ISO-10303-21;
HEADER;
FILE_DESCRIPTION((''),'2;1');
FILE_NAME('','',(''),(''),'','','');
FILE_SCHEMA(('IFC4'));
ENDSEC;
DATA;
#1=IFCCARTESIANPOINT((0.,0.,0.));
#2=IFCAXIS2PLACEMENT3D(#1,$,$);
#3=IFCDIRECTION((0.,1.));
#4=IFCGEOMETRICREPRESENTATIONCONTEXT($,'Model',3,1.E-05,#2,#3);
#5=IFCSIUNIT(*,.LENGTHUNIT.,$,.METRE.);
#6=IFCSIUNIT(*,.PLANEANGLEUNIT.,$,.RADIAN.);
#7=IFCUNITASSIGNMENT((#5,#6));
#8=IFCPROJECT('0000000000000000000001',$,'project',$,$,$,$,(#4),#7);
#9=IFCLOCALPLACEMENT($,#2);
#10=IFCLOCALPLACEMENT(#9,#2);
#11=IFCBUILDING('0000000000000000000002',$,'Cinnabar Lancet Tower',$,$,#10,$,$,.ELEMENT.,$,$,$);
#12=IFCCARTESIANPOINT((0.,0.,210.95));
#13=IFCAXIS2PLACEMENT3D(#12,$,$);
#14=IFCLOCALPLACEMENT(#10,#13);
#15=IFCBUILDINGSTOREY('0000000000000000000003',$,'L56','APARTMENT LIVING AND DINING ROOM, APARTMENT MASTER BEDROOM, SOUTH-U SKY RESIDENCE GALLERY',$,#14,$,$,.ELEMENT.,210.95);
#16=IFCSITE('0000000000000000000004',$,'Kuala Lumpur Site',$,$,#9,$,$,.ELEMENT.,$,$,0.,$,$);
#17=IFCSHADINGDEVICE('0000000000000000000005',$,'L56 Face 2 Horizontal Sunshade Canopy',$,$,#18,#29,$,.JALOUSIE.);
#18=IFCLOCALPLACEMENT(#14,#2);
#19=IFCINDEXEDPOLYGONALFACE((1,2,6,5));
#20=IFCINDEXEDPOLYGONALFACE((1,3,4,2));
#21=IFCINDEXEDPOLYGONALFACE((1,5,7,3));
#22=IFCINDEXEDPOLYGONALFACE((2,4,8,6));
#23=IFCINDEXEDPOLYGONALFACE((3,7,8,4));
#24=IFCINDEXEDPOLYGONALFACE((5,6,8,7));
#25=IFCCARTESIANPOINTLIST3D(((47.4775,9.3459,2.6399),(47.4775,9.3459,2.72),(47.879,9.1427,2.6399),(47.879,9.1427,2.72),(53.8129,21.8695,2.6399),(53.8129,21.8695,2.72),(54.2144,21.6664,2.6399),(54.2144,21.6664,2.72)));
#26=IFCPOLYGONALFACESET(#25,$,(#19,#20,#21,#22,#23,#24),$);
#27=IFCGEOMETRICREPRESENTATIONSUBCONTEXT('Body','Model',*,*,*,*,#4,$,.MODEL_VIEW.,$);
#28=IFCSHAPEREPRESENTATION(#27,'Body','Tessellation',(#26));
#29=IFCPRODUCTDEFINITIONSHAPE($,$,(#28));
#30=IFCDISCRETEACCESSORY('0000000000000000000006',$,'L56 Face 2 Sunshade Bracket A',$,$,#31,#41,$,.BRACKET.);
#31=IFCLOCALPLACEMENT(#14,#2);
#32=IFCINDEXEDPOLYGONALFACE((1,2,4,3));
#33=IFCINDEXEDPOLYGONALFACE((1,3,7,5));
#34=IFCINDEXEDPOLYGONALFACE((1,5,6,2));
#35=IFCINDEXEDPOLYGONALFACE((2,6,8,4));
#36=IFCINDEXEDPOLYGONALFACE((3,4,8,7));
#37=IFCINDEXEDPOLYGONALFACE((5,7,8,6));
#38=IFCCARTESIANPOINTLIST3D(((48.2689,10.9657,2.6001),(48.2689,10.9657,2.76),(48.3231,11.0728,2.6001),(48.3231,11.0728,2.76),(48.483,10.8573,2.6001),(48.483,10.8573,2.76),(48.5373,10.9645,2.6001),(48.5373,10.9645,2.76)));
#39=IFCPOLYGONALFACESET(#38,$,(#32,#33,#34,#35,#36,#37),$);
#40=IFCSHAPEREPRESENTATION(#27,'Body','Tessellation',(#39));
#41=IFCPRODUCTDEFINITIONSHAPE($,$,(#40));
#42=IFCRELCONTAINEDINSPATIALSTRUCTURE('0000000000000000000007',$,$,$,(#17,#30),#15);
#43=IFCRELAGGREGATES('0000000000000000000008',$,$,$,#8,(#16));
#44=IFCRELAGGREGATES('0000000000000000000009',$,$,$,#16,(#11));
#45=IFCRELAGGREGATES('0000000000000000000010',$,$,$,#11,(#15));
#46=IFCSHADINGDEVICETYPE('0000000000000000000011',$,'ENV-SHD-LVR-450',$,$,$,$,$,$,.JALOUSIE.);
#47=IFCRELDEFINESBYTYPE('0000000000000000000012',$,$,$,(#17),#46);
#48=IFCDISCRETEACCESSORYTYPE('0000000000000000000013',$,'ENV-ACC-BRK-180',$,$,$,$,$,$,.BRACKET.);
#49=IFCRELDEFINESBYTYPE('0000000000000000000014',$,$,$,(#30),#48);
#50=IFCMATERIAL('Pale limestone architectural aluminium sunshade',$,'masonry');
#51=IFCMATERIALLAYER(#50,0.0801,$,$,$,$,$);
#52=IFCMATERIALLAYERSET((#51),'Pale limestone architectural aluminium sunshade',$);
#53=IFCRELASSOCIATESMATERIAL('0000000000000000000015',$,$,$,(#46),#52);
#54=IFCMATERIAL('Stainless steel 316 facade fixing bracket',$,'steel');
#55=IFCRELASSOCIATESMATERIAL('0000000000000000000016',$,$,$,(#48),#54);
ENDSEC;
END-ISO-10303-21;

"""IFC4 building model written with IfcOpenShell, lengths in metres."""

from ifc_helpers import new_model, si_unit, direction, frame, origin, origin_2d, place, context, subcontext, project, spatial, rectangle, extrude, material, layer, layer_set, type_object, element, save


model = new_model("IFC4")

# Units and contexts
model_context = context("Model", 3, precision=1e-05, world=origin(), true_north=direction((0.0, 1.0)))
body_context = subcontext(model_context, "Body", "Model", "MODEL_VIEW")
ifc_project = project(units=[si_unit("LENGTHUNIT", "METRE"), si_unit("PLANEANGLEUNIT", "RADIAN")], contexts=[model_context])

# Site, building, storey
site_placement = place(None, origin())
site = spatial("IfcSite", under=ifc_project, at=site_placement, Name="Kuala Lumpur Site", CompositionType="ELEMENT", RefElevation=0.0)
building_placement = place(site_placement, origin())
building = spatial("IfcBuilding", under=site, at=building_placement, Name="Cinnabar Lancet Tower", CompositionType="ELEMENT")
storey_placement = place(building_placement, frame((0.0, 0.0, 210.95)))
storey = spatial("IfcBuildingStorey", under=building, at=storey_placement, Name="L56", Description="APARTMENT LIVING AND DINING ROOM, APARTMENT MASTER BEDROOM, SOUTH-U SKY RESIDENCE GALLERY", CompositionType="ELEMENT", Elevation=210.95)

# Shading device
ifc_material_1 = material(Name="Pale limestone architectural aluminium sunshade", Category="masonry")
ifc_layer_1 = layer(ifc_material_1, 0.0801)
ifc_layer_set_1 = layer_set([ifc_layer_1], Name="Pale limestone architectural aluminium sunshade")
shading_device_type = type_object("IfcShadingDeviceType", Name="ENV-SHD-LVR-450", PredefinedType="JALOUSIE", material=ifc_layer_set_1)
shading_device_placement = place(storey_placement, frame((50.8459, 15.5061, 2.6399), z_axis=(0.0, 0.0, 1.0), x_axis=(0.451407, 0.892318, 0.0)))
element("IfcShadingDevice", 1, at=shading_device_placement, inside=storey, type_object=shading_device_type, Name="L56 Face 2 Horizontal Sunshade Canopy", PredefinedType="JALOUSIE", context=body_context, shape_type="SweptSolid", body=[
    extrude(rectangle(XDim=14.0349, YDim=0.45, at=origin_2d()), origin(), (0.0, 0.0, 1.0), 0.0801),
])

# Discrete accessory
ifc_material_2 = material(Name="Stainless steel 316 facade fixing bracket", Category="steel")
discrete_accessory_type = type_object("IfcDiscreteAccessoryType", Name="ENV-ACC-BRK-180", PredefinedType="BRACKET", material=ifc_material_2)
discrete_accessory_placement = place(storey_placement, frame((48.4031, 10.9651, 2.6001), z_axis=(0.0, 0.0, 1.0), x_axis=(0.451407, 0.892318, 0.0)))
element("IfcDiscreteAccessory", 2, at=discrete_accessory_placement, inside=storey, type_object=discrete_accessory_type, Name="L56 Face 2 Sunshade Bracket A", PredefinedType="BRACKET", context=body_context, shape_type="SweptSolid", body=[
    extrude(rectangle(XDim=0.1201, YDim=0.24, at=origin_2d()), origin(), (0.0, 0.0, 1.0), 0.1599),
])

save(model, "model.ifc")
